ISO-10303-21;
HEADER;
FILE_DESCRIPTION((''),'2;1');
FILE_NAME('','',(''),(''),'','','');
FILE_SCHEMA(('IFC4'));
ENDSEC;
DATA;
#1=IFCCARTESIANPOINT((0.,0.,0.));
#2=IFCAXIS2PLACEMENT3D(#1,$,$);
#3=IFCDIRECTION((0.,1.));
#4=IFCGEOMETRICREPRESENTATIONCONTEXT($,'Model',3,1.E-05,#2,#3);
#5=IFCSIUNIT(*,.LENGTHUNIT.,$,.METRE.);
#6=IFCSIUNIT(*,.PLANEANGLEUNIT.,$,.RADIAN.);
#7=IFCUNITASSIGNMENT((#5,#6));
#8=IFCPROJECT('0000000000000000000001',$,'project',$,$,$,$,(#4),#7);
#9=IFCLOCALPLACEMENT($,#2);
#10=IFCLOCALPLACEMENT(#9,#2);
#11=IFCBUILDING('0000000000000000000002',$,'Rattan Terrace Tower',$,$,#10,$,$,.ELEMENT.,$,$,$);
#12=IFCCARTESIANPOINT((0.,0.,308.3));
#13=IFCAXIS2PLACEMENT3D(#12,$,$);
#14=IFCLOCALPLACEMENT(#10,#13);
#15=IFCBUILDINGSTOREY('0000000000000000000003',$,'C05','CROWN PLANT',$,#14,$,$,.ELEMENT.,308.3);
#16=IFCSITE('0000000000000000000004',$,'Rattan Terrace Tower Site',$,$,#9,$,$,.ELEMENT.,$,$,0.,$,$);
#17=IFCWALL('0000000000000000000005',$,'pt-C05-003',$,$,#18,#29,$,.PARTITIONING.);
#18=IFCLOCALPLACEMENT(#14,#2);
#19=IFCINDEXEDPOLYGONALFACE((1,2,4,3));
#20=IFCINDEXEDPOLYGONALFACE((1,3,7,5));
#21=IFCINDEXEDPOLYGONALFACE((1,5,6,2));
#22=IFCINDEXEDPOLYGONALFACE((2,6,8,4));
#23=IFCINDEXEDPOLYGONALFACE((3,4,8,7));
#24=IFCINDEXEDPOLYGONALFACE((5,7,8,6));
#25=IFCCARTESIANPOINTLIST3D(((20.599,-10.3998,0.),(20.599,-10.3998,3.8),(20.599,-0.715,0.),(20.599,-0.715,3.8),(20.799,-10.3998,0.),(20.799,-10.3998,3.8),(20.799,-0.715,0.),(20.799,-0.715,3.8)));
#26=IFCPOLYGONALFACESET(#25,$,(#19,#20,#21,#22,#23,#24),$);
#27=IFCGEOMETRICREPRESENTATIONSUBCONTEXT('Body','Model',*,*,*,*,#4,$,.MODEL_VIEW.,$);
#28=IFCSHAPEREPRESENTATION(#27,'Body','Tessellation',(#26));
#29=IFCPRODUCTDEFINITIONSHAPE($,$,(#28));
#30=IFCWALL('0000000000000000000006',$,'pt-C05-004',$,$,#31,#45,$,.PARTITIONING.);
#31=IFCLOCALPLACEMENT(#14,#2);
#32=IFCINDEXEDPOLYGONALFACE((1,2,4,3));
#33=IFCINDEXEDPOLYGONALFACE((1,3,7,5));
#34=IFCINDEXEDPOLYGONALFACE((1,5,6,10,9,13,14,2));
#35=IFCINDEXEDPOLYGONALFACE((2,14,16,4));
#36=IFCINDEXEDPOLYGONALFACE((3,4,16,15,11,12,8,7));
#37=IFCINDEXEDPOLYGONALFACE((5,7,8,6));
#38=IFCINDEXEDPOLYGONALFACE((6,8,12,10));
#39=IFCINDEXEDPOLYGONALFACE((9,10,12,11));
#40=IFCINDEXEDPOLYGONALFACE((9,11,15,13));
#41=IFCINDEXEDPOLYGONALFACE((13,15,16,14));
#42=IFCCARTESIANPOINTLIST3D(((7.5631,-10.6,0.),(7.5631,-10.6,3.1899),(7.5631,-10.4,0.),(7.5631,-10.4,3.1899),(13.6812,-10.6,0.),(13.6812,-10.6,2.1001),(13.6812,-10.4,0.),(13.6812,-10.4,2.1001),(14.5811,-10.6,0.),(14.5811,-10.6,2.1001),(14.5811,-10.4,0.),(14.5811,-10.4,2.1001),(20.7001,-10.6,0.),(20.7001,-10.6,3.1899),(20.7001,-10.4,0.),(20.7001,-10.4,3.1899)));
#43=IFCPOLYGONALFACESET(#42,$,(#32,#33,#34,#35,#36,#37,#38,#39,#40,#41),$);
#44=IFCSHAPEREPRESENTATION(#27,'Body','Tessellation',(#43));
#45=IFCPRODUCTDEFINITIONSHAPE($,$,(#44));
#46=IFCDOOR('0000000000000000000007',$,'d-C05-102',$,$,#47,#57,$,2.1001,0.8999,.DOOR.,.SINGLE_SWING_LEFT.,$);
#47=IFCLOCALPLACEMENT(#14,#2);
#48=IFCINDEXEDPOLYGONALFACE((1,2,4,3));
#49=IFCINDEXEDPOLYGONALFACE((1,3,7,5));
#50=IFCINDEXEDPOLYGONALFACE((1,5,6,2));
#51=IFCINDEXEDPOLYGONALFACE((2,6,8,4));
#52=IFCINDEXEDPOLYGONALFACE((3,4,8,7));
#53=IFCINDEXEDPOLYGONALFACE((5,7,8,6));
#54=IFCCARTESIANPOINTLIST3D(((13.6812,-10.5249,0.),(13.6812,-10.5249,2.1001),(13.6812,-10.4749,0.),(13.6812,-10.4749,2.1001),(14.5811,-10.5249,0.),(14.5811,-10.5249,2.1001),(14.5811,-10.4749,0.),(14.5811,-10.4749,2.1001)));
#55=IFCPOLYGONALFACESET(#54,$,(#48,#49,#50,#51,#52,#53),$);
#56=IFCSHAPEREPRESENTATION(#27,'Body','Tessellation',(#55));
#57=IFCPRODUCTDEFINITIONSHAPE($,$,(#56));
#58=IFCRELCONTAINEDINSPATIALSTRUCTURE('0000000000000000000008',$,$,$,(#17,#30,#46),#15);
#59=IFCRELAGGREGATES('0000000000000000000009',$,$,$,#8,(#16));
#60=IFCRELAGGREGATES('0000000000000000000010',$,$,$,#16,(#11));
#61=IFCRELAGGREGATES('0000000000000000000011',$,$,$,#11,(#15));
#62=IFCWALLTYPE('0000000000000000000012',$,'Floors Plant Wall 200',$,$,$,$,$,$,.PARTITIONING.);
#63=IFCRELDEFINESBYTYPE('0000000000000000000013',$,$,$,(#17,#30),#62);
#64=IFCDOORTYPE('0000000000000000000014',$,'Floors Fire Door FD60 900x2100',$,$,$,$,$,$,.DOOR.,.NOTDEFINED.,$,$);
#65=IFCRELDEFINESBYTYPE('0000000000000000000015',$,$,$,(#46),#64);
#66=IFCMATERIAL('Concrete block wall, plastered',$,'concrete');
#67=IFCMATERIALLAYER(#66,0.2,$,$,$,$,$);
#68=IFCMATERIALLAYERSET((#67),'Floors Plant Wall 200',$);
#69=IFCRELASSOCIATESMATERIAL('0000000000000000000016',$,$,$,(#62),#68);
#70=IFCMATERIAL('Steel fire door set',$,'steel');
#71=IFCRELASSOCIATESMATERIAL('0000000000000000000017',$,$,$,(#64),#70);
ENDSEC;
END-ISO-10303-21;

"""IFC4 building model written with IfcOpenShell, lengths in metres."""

from ifc_helpers import new_model, si_unit, direction, frame, frame_2d, origin, place, context, subcontext, project, spatial, rectangle, extrude, material, layer, layer_set, type_object, element, fill, save


model = new_model("IFC4")

# Units and contexts
model_context = context("Model", 3, precision=1e-05, world=origin(), true_north=direction((0.0, 1.0)))
body_context = subcontext(model_context, "Body", "Model", "MODEL_VIEW")
ifc_project = project(units=[si_unit("LENGTHUNIT", "METRE"), si_unit("PLANEANGLEUNIT", "RADIAN")], contexts=[model_context])

# Site, building, storey
site_placement = place(None, origin())
site = spatial("IfcSite", under=ifc_project, at=site_placement, Name="Rattan Terrace Tower Site", CompositionType="ELEMENT", RefElevation=0.0)
building_placement = place(site_placement, origin())
building = spatial("IfcBuilding", under=site, at=building_placement, Name="Rattan Terrace Tower", CompositionType="ELEMENT")
storey_placement = place(building_placement, frame((0.0, 0.0, 308.3)))
storey = spatial("IfcBuildingStorey", under=building, at=storey_placement, Name="C05", Description="CROWN PLANT", CompositionType="ELEMENT", Elevation=308.3)

# Wall
ifc_material_1 = material(Name="Concrete block wall, plastered", Category="concrete")
ifc_layer_1 = layer(ifc_material_1, 0.2)
ifc_layer_set_1 = layer_set([ifc_layer_1], Name="Floors Plant Wall 200")
wall_type = type_object("IfcWallType", Name="Floors Plant Wall 200", PredefinedType="PARTITIONING", material=ifc_layer_set_1)
wall_1_placement = place(storey_placement, frame((20.699, -0.7151, 0.0), z_axis=(0.0, 0.0, 1.0), x_axis=(0.0, -1.0, 0.0)))
element("IfcWall", 1, at=wall_1_placement, inside=storey, type_object=wall_type, Name="pt-C05-003", PredefinedType="PARTITIONING", context=body_context, shape_type="SweptSolid", body=[
    extrude(rectangle(XDim=9.6848, YDim=0.2, at=frame_2d((4.8423, 0.0))), origin(), (0.0, 0.0, 1.0), 3.8),
])

# Wall, opening, door
wall_2_placement = place(storey_placement, frame((20.7, -10.5, 0.0), z_axis=(0.0, 0.0, 1.0), x_axis=(-1.0, 0.0, 0.0)))
wall_2 = element("IfcWall", 2, at=wall_2_placement, inside=storey, type_object=wall_type, Name="pt-C05-004", PredefinedType="PARTITIONING", context=body_context, shape_type="SweptSolid", body=[
    extrude(rectangle(XDim=13.137, YDim=0.2, at=frame_2d((6.5684, 0.0))), origin(), (0.0, 0.0, 1.0), 3.1899),
])
opening_placement = place(wall_2_placement, frame((6.1189, 0.0, 0.0)))
opening = element("IfcOpeningElement", 3, at=opening_placement, cuts=wall_2, PredefinedType="OPENING", context=body_context, shape_type="SweptSolid", body=[
    extrude(rectangle(XDim=0.8999, YDim=2.1001, at=frame_2d((0.45, 1.05))), frame((0.0, 0.1106, 0.0), z_axis=(0.0, -1.0, 0.0), x_axis=(1.0, 0.0, 0.0)), (0.0, 0.0, 1.0), 0.2209),
])
ifc_material_2 = material(Name="Steel fire door set", Category="steel")
door_type = type_object("IfcDoorType", Name="Floors Fire Door FD60 900x2100", OperationType="NOTDEFINED", PredefinedType="DOOR", material=ifc_material_2)
door_placement = place(opening_placement, origin())
door = element("IfcDoor", 4, at=door_placement, inside=storey, type_object=door_type, Name="d-C05-102", OperationType="SINGLE_SWING_LEFT", OverallHeight=2.1001, OverallWidth=0.8999, PredefinedType="DOOR", context=body_context, shape_type="SweptSolid", body=[
    extrude(rectangle(XDim=0.8999, YDim=2.1001, at=frame_2d((0.45, 1.05))), frame((0.0, 0.0249, 0.0), z_axis=(0.0, -1.0, 0.0), x_axis=(1.0, 0.0, 0.0)), (0.0, 0.0, 1.0), 0.05),
])
fill(opening, door)

save(model, "model.ifc")
